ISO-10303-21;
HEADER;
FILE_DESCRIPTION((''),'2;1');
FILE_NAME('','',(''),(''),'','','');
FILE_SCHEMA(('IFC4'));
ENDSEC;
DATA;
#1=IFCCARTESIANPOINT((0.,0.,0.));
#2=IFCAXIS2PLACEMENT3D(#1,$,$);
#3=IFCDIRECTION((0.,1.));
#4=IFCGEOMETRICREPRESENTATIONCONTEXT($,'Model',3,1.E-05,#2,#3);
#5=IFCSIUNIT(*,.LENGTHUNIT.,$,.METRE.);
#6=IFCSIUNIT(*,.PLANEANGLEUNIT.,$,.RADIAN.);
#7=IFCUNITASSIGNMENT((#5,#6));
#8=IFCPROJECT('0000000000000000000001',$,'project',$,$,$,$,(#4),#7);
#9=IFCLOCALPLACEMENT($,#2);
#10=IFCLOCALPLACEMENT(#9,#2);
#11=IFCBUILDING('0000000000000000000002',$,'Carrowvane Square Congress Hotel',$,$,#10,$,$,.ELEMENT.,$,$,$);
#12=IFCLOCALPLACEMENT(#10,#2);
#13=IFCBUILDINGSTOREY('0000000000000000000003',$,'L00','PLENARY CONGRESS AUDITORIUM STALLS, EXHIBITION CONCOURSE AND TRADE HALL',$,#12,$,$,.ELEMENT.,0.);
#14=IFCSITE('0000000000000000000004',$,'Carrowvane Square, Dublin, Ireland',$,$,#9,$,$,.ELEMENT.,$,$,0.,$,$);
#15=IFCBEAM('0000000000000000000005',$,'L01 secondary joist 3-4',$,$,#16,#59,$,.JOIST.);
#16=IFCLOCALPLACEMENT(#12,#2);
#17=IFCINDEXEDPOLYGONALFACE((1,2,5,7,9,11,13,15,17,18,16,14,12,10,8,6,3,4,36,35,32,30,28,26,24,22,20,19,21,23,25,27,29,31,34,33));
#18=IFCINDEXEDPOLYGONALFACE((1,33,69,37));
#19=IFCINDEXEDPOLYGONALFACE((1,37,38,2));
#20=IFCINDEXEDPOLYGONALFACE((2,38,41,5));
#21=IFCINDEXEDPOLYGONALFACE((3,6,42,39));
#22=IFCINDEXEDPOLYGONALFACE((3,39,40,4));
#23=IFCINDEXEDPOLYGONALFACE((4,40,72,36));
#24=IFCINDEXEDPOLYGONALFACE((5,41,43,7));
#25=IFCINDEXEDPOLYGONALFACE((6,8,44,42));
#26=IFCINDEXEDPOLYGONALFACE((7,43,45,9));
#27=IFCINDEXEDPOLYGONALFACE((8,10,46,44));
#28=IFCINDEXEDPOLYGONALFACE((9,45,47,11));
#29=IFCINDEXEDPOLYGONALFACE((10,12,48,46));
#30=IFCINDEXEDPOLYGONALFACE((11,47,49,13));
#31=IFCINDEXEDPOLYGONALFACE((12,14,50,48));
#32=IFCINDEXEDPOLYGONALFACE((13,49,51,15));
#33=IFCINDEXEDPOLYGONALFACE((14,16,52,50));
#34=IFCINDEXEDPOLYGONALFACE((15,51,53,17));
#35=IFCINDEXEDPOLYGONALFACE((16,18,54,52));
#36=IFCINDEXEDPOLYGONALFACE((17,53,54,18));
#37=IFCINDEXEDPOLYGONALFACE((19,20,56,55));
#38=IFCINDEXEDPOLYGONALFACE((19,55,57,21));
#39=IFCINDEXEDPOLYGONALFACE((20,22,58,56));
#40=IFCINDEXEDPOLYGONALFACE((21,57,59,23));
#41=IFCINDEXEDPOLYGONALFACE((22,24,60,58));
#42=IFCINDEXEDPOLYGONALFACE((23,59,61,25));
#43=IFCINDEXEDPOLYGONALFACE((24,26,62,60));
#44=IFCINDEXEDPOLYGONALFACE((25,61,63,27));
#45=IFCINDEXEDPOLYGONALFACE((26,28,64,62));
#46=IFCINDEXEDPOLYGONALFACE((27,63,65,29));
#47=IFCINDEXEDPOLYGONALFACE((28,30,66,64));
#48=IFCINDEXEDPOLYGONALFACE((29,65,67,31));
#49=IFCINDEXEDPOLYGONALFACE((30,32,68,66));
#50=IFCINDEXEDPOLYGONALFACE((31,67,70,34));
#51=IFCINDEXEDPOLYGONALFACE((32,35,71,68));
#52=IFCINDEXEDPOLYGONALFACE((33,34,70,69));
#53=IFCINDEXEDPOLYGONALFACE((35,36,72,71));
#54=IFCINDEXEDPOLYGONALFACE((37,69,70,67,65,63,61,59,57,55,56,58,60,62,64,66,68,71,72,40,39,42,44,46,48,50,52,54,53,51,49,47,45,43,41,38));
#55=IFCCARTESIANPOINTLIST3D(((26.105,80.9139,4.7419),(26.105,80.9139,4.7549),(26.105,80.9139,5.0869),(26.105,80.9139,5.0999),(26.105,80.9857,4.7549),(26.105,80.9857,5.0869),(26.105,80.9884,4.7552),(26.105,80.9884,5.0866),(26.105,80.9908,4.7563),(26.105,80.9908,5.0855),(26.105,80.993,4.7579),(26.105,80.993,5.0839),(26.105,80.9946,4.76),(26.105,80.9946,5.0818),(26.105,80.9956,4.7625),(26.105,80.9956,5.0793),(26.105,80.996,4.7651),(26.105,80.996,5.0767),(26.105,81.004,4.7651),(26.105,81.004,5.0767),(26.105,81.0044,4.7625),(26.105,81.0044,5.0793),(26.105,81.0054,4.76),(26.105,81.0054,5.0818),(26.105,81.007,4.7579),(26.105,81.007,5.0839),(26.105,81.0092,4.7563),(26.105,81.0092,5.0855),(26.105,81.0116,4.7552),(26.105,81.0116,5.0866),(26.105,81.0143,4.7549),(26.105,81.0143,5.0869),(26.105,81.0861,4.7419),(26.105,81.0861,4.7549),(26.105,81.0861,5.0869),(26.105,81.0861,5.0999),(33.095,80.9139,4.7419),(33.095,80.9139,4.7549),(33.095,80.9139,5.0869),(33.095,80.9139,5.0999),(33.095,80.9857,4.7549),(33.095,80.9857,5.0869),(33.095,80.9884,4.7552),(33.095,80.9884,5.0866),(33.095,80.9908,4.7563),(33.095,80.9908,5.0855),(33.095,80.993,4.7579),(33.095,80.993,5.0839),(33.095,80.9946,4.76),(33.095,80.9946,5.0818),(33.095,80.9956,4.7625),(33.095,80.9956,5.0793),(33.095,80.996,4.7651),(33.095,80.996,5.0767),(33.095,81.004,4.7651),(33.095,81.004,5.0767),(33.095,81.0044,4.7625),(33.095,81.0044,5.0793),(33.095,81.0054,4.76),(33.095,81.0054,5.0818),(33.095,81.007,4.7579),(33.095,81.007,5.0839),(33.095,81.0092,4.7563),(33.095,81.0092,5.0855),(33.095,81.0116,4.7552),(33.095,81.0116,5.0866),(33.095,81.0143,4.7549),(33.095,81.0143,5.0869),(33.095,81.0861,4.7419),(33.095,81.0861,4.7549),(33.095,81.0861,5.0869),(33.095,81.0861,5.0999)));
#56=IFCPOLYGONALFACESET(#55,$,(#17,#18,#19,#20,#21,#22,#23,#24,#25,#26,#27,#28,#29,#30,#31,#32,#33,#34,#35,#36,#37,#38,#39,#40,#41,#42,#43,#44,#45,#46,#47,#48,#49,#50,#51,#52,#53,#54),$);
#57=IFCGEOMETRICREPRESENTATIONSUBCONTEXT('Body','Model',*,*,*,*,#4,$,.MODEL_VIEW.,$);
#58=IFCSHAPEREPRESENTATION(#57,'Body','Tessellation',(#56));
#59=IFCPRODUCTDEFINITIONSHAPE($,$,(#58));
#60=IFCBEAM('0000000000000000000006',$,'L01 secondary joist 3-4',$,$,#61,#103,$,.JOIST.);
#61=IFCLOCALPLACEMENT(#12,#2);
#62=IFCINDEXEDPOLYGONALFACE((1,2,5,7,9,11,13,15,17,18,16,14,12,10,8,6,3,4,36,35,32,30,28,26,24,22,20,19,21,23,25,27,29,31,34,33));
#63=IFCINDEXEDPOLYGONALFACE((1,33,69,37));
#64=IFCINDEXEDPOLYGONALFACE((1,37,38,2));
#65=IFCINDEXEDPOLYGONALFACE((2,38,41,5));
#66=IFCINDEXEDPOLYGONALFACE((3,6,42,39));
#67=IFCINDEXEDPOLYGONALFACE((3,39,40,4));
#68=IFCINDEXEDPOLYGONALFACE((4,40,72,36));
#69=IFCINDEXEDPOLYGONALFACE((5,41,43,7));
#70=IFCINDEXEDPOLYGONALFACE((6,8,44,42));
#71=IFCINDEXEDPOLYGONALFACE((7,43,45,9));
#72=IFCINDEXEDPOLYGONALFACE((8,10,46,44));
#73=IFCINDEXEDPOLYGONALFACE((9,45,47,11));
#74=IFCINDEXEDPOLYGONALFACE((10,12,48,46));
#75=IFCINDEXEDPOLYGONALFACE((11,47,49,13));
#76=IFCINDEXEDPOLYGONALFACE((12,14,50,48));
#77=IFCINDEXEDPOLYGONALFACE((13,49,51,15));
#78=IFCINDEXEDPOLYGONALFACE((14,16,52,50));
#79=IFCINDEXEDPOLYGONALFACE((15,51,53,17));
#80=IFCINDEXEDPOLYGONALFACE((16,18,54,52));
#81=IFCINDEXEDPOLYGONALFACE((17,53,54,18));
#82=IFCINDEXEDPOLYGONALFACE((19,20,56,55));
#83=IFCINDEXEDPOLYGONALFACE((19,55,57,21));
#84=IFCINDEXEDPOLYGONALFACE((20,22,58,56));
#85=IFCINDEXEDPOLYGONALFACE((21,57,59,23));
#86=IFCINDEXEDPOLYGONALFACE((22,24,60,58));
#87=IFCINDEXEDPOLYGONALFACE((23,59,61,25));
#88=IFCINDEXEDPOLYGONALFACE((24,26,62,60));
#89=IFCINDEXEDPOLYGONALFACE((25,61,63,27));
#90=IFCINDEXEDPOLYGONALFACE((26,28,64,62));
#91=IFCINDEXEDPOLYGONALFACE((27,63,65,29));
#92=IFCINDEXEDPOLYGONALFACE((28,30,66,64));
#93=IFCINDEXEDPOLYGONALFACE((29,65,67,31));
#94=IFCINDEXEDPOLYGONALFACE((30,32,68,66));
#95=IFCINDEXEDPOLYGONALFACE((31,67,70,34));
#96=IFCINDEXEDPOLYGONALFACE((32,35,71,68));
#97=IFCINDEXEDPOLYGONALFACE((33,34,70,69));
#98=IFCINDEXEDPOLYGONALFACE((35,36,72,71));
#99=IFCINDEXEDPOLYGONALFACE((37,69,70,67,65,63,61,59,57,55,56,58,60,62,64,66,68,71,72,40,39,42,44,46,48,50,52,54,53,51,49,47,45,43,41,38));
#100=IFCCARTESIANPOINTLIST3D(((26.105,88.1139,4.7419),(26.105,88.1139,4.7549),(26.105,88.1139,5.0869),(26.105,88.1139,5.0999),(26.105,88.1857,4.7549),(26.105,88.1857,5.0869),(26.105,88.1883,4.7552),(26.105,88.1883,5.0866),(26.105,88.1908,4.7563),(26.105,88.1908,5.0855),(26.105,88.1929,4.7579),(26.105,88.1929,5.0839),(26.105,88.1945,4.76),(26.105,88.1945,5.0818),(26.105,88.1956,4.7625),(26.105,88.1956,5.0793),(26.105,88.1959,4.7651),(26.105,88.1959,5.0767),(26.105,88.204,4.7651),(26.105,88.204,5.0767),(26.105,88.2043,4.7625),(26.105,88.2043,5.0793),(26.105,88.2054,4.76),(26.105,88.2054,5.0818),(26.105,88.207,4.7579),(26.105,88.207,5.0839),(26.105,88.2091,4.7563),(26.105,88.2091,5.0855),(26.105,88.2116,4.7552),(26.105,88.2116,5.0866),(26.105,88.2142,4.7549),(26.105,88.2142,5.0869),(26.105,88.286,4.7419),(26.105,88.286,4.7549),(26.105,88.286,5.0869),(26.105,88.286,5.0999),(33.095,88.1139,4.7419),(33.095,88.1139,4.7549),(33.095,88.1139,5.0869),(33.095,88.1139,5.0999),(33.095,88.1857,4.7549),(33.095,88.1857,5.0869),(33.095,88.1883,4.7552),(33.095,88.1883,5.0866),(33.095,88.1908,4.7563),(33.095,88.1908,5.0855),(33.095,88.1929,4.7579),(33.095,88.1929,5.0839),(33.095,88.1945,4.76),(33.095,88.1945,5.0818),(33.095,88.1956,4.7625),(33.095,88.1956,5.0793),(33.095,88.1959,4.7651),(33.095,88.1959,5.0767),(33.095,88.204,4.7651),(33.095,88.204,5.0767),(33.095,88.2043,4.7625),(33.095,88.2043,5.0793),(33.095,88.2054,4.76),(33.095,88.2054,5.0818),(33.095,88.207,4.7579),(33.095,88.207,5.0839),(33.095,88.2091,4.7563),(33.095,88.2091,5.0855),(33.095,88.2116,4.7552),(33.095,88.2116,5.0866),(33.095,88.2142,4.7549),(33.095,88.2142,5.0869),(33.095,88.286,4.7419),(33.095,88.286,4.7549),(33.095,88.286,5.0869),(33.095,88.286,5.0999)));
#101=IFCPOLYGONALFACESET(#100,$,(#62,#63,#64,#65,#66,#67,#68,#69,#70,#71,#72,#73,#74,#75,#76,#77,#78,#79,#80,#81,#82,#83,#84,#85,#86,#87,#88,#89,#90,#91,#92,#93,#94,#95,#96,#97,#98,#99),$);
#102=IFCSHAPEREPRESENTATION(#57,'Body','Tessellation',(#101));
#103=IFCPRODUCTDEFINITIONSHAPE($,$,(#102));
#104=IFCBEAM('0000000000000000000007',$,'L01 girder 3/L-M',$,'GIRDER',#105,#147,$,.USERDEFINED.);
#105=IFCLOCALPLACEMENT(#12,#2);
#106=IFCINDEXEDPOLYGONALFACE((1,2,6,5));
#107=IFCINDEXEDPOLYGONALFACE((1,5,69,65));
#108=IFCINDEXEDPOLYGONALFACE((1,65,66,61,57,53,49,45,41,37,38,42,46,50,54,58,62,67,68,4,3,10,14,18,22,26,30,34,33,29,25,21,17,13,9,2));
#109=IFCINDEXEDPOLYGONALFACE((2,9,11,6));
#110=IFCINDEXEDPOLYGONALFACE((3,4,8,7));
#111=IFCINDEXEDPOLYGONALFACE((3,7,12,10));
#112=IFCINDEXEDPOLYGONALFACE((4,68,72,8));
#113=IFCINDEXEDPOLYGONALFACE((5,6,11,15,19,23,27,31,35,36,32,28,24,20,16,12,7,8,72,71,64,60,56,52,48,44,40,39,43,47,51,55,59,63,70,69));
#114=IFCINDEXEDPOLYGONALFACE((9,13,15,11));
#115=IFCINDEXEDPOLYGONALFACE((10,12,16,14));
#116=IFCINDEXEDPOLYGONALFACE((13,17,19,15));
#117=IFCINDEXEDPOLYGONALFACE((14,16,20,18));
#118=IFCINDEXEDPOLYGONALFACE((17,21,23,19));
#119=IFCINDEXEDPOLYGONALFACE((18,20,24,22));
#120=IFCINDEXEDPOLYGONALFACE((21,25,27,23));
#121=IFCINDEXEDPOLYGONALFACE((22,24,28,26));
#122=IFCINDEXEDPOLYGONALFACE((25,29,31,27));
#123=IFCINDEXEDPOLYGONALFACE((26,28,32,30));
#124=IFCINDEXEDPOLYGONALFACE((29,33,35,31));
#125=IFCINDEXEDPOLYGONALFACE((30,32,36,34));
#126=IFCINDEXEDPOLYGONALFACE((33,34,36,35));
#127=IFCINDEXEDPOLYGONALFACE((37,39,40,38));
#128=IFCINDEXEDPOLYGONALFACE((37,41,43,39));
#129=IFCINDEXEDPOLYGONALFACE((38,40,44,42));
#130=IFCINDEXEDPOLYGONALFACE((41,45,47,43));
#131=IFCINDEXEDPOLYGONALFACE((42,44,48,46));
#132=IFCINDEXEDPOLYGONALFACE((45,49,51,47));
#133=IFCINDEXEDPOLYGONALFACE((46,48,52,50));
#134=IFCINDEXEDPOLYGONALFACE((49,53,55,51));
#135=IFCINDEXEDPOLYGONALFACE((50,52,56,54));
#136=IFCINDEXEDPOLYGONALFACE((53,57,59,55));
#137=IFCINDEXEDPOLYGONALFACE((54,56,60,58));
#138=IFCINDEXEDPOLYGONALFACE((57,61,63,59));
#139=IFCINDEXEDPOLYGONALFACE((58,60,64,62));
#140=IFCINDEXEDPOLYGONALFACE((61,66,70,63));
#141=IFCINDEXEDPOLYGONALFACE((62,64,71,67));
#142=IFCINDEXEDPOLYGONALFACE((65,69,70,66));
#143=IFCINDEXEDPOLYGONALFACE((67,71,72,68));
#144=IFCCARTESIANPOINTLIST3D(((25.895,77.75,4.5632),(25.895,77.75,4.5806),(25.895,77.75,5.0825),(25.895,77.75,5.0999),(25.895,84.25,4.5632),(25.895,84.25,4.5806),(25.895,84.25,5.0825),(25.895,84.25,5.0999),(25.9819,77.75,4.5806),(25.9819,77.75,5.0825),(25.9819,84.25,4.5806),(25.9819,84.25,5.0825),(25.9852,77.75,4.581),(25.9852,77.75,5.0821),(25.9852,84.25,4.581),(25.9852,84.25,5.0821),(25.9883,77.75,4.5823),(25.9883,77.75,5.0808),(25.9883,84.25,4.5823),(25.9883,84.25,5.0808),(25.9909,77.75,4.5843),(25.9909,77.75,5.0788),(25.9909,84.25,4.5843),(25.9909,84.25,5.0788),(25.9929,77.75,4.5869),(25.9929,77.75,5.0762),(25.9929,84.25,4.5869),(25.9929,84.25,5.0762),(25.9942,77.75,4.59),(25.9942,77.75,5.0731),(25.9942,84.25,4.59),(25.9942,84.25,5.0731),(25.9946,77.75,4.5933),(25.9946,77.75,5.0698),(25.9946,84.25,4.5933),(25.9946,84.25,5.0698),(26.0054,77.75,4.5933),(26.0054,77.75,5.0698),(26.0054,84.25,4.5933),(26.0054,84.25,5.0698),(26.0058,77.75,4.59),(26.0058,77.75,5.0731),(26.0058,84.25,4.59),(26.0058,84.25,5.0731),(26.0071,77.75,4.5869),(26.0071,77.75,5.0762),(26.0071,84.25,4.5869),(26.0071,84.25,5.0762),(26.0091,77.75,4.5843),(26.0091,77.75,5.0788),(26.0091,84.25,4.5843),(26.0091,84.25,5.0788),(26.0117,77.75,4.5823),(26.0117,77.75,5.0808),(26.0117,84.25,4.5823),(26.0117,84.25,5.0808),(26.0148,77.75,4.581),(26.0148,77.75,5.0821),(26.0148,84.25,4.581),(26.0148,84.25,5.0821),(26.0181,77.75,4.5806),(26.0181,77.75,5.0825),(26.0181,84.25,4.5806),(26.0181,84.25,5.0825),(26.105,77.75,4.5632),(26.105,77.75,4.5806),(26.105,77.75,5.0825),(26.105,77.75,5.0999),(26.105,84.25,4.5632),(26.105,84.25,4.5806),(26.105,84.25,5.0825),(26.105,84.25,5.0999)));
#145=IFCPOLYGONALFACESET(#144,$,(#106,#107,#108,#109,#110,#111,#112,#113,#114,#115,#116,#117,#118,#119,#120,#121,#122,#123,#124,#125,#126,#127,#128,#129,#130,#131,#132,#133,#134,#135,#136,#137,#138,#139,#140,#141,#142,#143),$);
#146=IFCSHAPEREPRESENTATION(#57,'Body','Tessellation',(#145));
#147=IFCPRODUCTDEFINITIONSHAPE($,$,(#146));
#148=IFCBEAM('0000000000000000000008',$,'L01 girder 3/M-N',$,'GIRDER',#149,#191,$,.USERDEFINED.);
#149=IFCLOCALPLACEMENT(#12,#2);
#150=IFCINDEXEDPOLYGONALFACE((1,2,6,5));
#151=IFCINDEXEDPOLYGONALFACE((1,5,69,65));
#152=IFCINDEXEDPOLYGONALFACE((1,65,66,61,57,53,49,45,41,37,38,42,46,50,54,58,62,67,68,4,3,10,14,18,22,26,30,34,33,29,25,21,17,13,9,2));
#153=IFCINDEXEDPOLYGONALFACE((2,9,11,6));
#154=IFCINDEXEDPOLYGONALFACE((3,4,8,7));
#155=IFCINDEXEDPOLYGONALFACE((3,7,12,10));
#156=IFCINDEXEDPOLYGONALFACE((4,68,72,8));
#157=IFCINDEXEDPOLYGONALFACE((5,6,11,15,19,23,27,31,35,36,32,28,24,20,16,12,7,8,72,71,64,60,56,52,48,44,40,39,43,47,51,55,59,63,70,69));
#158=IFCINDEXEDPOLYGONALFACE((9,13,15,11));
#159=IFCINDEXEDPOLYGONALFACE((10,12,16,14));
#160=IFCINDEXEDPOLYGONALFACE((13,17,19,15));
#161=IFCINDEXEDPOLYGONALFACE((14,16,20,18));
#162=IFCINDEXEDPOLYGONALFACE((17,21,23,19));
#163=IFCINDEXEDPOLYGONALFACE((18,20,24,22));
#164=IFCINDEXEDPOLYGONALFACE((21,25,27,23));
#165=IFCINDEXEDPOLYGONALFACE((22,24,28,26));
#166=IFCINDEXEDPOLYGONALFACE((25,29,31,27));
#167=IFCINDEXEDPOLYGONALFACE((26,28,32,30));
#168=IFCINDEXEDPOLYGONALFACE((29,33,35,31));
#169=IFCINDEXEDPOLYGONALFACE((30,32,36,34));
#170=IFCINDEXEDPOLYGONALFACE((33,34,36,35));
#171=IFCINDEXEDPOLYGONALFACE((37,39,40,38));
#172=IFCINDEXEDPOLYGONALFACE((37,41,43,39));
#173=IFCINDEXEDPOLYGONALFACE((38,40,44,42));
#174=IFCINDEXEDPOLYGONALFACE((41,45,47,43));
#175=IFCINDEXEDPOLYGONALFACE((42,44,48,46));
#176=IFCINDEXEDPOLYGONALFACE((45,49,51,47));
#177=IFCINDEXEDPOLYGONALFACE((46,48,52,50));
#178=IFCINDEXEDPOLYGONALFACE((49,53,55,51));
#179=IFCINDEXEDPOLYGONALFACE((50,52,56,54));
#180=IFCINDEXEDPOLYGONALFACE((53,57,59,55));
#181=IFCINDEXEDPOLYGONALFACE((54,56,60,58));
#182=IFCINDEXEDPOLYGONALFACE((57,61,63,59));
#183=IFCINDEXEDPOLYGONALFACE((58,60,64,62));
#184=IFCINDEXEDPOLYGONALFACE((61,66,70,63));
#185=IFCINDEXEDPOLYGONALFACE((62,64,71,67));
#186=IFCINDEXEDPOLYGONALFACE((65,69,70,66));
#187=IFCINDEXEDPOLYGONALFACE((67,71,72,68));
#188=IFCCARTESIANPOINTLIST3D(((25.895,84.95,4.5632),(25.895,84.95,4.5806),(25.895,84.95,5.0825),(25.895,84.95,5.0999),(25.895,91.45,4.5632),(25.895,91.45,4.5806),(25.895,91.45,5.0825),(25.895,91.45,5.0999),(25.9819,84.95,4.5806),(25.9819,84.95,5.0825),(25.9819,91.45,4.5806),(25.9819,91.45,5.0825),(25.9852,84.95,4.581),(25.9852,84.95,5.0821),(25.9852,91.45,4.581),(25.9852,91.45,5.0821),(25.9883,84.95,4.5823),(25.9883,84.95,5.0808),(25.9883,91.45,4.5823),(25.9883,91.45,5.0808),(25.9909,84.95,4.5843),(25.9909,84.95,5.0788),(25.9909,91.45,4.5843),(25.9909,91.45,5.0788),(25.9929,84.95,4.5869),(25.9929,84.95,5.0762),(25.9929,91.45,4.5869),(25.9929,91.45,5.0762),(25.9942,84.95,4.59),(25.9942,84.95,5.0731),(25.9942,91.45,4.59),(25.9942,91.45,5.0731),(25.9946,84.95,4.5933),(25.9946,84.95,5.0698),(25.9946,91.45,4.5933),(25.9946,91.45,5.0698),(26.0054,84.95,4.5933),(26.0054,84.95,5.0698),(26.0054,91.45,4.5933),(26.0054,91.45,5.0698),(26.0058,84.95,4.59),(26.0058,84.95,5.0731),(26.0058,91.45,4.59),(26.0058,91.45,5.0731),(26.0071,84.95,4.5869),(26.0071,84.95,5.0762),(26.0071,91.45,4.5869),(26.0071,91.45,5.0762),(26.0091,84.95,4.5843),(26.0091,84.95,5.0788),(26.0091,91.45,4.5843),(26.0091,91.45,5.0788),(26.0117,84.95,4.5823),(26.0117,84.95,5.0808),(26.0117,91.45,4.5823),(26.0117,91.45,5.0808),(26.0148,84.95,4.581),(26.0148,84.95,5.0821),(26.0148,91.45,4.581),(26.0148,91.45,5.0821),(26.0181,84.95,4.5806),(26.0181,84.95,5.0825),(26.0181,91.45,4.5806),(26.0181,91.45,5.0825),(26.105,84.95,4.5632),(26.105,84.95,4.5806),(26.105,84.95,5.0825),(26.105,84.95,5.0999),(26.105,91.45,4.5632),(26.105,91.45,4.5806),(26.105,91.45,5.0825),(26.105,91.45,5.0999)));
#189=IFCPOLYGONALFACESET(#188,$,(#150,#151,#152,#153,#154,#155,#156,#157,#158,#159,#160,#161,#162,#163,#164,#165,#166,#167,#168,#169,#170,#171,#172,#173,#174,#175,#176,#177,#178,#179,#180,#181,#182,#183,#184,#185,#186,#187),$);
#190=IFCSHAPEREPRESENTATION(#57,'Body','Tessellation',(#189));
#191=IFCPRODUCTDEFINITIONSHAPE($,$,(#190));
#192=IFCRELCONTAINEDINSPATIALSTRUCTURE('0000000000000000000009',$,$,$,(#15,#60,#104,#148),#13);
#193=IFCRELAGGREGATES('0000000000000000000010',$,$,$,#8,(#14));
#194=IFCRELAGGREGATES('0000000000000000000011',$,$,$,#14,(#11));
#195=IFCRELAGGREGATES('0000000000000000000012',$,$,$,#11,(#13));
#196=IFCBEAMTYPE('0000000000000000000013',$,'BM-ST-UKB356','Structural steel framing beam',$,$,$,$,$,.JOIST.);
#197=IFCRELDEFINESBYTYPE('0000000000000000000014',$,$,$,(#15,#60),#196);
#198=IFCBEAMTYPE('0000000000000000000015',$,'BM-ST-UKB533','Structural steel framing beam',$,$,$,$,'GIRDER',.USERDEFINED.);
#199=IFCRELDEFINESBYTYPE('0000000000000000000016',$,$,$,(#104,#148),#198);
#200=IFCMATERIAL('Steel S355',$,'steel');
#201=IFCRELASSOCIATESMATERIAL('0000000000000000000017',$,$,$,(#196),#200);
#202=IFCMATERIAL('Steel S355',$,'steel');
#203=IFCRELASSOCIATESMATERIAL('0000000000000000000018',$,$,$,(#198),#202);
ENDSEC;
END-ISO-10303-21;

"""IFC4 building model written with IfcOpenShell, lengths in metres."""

from ifc_helpers import new_model, si_unit, direction, frame, origin, origin_2d, place, context, subcontext, project, spatial, i_section, extrude, material, material_profile, profile_set, type_object, element, save


model = new_model("IFC4")

# Units and contexts
model_context = context("Model", 3, precision=1e-05, world=origin(), true_north=direction((0.0, 1.0)))
body_context = subcontext(model_context, "Body", "Model", "MODEL_VIEW")
ifc_project = project(units=[si_unit("LENGTHUNIT", "METRE"), si_unit("PLANEANGLEUNIT", "RADIAN")], contexts=[model_context])

# Site, building, storey
site_placement = place(None, origin())
site = spatial("IfcSite", under=ifc_project, at=site_placement, Name="Carrowvane Square, Dublin, Ireland", CompositionType="ELEMENT", RefElevation=0.0)
building_placement = place(site_placement, origin())
building = spatial("IfcBuilding", under=site, at=building_placement, Name="Carrowvane Square Congress Hotel", CompositionType="ELEMENT")
storey_placement = place(building_placement, origin())
storey = spatial("IfcBuildingStorey", under=building, at=storey_placement, Name="L00", Description="PLENARY CONGRESS AUDITORIUM STALLS, EXHIBITION CONCOURSE AND TRADE HALL", CompositionType="ELEMENT", Elevation=0.0)

# Beams
ifc_material_1 = material(Name="Steel S355", Category="steel")
ifc_material_profile_1 = material_profile(ifc_material_1, i_section(OverallWidth=0.1721, OverallDepth=0.3579, WebThickness=0.0081, FlangeThickness=0.0129, FilletRadius=0.0103, at=origin_2d()), Name="UKB 356x171x57")
ifc_profile_set_1 = profile_set([ifc_material_profile_1], Name="Steel S355")
beam_type_1 = type_object("IfcBeamType", Name="BM-ST-UKB356", Description="Structural steel framing beam", PredefinedType="JOIST", material=ifc_profile_set_1)
for number, where, z_axis, x_axis, name in (
    (1, (26.105, 81.0, 4.9209), (1.0, 0.0, 0.0), (0.0, 1.0, 0.0), "L01 secondary joist 3-4"),
    (2, (26.105, 88.2, 4.9209), (1.0, 0.0, 0.0), (0.0, 1.0, 0.0), "L01 secondary joist 3-4"),
):
    element("IfcBeam", number, at=place(storey_placement, frame(where, z_axis=z_axis, x_axis=x_axis)), inside=storey, type_object=beam_type_1, Name=name, PredefinedType="JOIST", context=body_context, shape_type="SweptSolid", body=[
        extrude(i_section(OverallWidth=0.1721, OverallDepth=0.3579, WebThickness=0.0081, FlangeThickness=0.0129, FilletRadius=0.0103, at=origin_2d()), origin(), (0.0, 0.0, 1.0), 6.99),
    ])
ifc_material_2 = material(Name="Steel S355", Category="steel")
ifc_material_profile_2 = material_profile(ifc_material_2, i_section(OverallWidth=0.21, OverallDepth=0.5366, WebThickness=0.0107, FlangeThickness=0.0173, FilletRadius=0.0127, at=origin_2d()), Name="UKB 533x210x101")
ifc_profile_set_2 = profile_set([ifc_material_profile_2], Name="Steel S355")
beam_type_2 = type_object("IfcBeamType", Name="BM-ST-UKB533", Description="Structural steel framing beam", ElementType="GIRDER", PredefinedType="USERDEFINED", material=ifc_profile_set_2)
for number, where, z_axis, x_axis, name in (
    (3, (26.0, 77.75, 4.8315), (0.0, 1.0, 0.0), (-1.0, 0.0, 0.0), "L01 girder 3/L-M"),
    (4, (26.0, 84.95, 4.8315), (0.0, 1.0, 0.0), (-1.0, 0.0, 0.0), "L01 girder 3/M-N"),
):
    element("IfcBeam", number, at=place(storey_placement, frame(where, z_axis=z_axis, x_axis=x_axis)), inside=storey, type_object=beam_type_2, Name=name, ObjectType="GIRDER", PredefinedType="USERDEFINED", context=body_context, shape_type="SweptSolid", body=[
        extrude(i_section(OverallWidth=0.21, OverallDepth=0.5366, WebThickness=0.0107, FlangeThickness=0.0173, FilletRadius=0.0127, at=origin_2d()), origin(), (0.0, 0.0, 1.0), 6.5),
    ])

save(model, "model.ifc")
